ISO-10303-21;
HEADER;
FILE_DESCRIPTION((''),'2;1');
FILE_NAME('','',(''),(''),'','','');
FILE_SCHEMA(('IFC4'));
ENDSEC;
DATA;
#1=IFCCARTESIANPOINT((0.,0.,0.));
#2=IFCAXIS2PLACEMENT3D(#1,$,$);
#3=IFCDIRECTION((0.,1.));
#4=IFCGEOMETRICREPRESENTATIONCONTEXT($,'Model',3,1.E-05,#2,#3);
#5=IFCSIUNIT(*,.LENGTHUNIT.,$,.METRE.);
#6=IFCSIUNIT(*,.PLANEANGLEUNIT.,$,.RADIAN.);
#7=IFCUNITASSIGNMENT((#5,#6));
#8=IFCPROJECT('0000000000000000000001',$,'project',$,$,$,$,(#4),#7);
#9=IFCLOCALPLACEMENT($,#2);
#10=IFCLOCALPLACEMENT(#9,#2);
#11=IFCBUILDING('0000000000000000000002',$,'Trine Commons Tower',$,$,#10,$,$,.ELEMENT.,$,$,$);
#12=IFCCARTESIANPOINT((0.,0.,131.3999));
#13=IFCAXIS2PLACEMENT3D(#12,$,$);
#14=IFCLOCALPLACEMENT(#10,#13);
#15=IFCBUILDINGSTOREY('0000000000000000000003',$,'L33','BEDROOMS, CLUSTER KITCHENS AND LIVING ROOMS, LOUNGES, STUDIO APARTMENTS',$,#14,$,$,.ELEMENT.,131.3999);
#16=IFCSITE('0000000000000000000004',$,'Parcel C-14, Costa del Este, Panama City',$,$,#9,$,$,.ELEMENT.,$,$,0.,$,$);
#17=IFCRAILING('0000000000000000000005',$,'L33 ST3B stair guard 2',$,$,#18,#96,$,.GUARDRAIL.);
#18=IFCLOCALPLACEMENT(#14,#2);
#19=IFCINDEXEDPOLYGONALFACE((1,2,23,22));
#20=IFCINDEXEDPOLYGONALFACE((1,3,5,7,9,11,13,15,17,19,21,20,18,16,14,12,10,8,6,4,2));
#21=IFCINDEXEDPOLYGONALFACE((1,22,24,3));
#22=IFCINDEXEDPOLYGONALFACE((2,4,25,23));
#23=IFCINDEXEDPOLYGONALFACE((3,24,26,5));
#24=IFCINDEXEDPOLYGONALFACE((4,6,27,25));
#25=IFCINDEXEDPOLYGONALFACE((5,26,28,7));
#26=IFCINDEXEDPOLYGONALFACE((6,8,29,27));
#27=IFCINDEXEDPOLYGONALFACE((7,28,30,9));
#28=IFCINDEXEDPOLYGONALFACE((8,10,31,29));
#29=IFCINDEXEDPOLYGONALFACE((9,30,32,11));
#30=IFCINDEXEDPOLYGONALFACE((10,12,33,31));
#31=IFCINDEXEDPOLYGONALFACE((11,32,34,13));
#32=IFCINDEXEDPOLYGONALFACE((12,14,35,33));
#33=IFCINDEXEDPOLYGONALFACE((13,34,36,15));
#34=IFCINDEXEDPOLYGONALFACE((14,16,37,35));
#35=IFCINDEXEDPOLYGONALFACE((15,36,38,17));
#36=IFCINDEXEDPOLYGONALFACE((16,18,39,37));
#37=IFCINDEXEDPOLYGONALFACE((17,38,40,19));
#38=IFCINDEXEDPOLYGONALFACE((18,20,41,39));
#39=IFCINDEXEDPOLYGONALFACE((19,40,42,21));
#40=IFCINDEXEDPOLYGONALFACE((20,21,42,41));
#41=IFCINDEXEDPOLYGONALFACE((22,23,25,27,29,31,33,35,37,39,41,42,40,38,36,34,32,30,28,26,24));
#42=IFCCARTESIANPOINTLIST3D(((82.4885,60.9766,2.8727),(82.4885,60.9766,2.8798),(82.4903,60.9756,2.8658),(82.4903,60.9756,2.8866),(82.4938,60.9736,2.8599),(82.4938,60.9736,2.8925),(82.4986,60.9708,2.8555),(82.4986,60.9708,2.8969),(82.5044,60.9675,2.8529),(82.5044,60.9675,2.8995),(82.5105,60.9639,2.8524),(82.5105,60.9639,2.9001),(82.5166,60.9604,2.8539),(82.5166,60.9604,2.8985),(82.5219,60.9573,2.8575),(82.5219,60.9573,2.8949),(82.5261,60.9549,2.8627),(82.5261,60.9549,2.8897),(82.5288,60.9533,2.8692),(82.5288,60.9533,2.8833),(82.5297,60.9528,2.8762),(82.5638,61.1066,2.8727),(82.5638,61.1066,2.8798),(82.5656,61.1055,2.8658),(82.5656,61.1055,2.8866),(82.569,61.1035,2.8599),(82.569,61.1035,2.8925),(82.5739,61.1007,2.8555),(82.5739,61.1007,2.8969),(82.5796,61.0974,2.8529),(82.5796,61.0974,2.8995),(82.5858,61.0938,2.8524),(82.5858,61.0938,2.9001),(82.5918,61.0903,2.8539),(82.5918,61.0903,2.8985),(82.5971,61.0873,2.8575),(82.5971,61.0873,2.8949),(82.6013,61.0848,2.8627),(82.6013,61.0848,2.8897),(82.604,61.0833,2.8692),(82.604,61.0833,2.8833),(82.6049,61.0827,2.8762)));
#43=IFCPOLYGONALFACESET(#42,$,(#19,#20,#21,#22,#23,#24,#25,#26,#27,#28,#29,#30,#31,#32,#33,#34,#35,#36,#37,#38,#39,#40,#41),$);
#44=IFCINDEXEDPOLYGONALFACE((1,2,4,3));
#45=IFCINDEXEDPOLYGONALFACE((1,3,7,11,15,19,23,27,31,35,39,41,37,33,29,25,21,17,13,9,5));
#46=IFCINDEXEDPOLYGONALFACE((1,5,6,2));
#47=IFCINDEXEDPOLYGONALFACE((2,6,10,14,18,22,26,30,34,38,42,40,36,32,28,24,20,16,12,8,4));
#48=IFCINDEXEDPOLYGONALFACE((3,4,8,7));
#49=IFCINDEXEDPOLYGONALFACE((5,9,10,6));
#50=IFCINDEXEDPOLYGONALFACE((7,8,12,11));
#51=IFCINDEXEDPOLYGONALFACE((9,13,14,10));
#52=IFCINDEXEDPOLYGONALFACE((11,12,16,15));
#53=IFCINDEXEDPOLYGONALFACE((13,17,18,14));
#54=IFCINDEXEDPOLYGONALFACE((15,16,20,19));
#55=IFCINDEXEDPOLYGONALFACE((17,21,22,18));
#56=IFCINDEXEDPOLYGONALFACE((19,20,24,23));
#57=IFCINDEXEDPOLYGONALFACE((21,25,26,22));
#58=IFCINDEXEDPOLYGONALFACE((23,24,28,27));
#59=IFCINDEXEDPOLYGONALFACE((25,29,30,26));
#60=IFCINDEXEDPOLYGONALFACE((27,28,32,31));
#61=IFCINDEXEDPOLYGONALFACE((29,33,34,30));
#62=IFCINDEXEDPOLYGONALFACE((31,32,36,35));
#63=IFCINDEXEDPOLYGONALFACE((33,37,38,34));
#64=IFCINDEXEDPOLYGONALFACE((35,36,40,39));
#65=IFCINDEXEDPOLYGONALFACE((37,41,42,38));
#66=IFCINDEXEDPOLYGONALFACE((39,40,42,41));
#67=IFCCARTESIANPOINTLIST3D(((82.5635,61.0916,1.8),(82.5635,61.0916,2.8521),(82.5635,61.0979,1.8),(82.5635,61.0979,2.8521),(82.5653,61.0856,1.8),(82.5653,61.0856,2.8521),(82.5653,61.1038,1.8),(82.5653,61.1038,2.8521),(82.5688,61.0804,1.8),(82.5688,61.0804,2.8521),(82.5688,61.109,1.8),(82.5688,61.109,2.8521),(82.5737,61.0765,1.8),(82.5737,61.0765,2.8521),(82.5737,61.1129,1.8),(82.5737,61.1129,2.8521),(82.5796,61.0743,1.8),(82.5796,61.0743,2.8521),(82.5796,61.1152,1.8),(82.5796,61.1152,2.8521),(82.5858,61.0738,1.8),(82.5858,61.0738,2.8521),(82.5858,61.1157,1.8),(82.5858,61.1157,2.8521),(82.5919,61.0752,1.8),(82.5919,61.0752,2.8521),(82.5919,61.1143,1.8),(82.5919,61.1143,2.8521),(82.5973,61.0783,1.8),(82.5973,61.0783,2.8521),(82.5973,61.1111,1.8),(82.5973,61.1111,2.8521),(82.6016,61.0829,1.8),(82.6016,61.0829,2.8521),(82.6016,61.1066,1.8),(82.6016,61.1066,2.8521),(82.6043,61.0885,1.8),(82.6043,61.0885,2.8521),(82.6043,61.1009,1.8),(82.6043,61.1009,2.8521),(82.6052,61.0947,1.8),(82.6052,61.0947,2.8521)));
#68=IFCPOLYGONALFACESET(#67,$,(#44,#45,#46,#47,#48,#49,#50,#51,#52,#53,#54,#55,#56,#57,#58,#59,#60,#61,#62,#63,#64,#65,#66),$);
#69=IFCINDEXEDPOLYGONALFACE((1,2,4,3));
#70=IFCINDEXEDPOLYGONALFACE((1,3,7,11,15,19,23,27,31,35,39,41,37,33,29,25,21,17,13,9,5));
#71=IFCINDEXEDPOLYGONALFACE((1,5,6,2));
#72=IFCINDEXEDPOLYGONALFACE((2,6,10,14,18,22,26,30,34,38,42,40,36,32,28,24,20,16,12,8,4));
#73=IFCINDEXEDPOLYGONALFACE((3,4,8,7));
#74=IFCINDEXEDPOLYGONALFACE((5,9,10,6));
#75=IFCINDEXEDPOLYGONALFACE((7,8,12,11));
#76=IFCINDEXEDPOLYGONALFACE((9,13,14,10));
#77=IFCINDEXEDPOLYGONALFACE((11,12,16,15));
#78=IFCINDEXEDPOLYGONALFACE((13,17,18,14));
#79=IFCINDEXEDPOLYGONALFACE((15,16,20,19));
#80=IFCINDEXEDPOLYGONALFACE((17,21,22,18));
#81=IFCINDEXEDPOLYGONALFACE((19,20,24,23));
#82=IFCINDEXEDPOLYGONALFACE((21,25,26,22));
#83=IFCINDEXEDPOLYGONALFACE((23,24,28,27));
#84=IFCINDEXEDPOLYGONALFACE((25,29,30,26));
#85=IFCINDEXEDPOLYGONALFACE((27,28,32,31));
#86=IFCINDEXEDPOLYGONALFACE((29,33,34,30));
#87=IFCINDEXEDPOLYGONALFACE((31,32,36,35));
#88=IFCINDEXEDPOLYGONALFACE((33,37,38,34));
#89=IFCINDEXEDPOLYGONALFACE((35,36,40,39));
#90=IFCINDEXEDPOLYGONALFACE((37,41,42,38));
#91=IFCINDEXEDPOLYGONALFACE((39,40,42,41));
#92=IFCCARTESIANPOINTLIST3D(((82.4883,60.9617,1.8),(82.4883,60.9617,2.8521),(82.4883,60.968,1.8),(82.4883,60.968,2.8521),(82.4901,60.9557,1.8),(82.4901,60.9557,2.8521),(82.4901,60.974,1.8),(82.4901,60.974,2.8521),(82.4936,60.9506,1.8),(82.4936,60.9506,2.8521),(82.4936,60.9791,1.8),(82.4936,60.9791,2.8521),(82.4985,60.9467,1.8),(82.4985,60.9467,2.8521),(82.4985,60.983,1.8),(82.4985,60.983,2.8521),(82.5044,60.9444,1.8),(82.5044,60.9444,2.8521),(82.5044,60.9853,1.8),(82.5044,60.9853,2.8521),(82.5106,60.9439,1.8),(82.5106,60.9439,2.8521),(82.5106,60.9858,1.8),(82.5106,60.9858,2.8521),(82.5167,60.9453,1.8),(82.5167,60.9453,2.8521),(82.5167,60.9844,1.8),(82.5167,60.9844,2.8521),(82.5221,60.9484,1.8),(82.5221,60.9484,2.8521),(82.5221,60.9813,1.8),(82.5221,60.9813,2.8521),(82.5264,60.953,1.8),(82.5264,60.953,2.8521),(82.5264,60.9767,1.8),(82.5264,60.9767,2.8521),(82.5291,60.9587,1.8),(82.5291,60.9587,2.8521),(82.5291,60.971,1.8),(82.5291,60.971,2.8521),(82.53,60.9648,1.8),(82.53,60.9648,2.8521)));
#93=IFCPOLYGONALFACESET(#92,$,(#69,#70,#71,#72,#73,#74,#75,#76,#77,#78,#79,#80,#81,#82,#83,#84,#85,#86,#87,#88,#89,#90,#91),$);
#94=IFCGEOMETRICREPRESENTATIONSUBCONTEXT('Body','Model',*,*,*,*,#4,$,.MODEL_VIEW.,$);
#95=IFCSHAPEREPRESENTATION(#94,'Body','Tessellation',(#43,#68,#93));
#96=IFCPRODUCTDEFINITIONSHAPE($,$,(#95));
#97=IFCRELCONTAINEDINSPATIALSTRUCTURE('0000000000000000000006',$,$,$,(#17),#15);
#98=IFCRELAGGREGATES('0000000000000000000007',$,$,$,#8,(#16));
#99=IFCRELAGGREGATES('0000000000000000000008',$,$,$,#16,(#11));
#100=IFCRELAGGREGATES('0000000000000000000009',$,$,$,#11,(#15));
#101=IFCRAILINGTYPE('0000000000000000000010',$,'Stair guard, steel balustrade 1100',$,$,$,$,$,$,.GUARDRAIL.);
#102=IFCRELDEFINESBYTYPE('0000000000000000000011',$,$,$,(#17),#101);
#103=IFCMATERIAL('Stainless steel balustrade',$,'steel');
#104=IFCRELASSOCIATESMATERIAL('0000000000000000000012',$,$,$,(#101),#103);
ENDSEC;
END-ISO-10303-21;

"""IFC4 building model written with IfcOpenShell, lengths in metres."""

from ifc_helpers import new_model, si_unit, direction, frame, origin, origin_2d, place, context, subcontext, project, spatial, circle, extrude, material, type_object, element, save


model = new_model("IFC4")

# Units and contexts
model_context = context("Model", 3, precision=1e-05, world=origin(), true_north=direction((0.0, 1.0)))
body_context = subcontext(model_context, "Body", "Model", "MODEL_VIEW")
ifc_project = project(units=[si_unit("LENGTHUNIT", "METRE"), si_unit("PLANEANGLEUNIT", "RADIAN")], contexts=[model_context])

# Site, building, storey
site_placement = place(None, origin())
site = spatial("IfcSite", under=ifc_project, at=site_placement, Name="Parcel C-14, Costa del Este, Panama City", CompositionType="ELEMENT", RefElevation=0.0)
building_placement = place(site_placement, origin())
building = spatial("IfcBuilding", under=site, at=building_placement, Name="Trine Commons Tower", CompositionType="ELEMENT")
storey_placement = place(building_placement, frame((0.0, 0.0, 131.3999)))
storey = spatial("IfcBuildingStorey", under=building, at=storey_placement, Name="L33", Description="BEDROOMS, CLUSTER KITCHENS AND LIVING ROOMS, LOUNGES, STUDIO APARTMENTS", CompositionType="ELEMENT", Elevation=131.3999)

# Railing
ifc_material_1 = material(Name="Stainless steel balustrade", Category="steel")
railing_type_1 = type_object("IfcRailingType", Name="Stair guard, steel balustrade 1100", PredefinedType="GUARDRAIL", material=ifc_material_1)
railing_1_placement = place(storey_placement, frame((82.5842, 61.0947, 1.8)))
element("IfcRailing", 1, at=railing_1_placement, inside=storey, type_object=railing_type_1, Name="L33 ST3B stair guard 2", PredefinedType="GUARDRAIL", context=body_context, shape_type="SweptSolid", body=[
    extrude(circle(Radius=0.0239, at=origin_2d()), frame((0.0, 0.0, 1.0762), z_axis=(-0.501036, -0.865426, 0.0), x_axis=(0.865426, -0.501036, 0.0)), (0.0, 0.0, 1.0), 0.1501),
    extrude(circle(Radius=0.021, at=origin_2d()), origin(), (0.0, 0.0, 1.0), 1.052),
    extrude(circle(Radius=0.021, at=origin_2d()), frame((-0.0752, -0.1299, 0.0)), (0.0, 0.0, 1.0), 1.052),
])

save(model, "model.ifc")
